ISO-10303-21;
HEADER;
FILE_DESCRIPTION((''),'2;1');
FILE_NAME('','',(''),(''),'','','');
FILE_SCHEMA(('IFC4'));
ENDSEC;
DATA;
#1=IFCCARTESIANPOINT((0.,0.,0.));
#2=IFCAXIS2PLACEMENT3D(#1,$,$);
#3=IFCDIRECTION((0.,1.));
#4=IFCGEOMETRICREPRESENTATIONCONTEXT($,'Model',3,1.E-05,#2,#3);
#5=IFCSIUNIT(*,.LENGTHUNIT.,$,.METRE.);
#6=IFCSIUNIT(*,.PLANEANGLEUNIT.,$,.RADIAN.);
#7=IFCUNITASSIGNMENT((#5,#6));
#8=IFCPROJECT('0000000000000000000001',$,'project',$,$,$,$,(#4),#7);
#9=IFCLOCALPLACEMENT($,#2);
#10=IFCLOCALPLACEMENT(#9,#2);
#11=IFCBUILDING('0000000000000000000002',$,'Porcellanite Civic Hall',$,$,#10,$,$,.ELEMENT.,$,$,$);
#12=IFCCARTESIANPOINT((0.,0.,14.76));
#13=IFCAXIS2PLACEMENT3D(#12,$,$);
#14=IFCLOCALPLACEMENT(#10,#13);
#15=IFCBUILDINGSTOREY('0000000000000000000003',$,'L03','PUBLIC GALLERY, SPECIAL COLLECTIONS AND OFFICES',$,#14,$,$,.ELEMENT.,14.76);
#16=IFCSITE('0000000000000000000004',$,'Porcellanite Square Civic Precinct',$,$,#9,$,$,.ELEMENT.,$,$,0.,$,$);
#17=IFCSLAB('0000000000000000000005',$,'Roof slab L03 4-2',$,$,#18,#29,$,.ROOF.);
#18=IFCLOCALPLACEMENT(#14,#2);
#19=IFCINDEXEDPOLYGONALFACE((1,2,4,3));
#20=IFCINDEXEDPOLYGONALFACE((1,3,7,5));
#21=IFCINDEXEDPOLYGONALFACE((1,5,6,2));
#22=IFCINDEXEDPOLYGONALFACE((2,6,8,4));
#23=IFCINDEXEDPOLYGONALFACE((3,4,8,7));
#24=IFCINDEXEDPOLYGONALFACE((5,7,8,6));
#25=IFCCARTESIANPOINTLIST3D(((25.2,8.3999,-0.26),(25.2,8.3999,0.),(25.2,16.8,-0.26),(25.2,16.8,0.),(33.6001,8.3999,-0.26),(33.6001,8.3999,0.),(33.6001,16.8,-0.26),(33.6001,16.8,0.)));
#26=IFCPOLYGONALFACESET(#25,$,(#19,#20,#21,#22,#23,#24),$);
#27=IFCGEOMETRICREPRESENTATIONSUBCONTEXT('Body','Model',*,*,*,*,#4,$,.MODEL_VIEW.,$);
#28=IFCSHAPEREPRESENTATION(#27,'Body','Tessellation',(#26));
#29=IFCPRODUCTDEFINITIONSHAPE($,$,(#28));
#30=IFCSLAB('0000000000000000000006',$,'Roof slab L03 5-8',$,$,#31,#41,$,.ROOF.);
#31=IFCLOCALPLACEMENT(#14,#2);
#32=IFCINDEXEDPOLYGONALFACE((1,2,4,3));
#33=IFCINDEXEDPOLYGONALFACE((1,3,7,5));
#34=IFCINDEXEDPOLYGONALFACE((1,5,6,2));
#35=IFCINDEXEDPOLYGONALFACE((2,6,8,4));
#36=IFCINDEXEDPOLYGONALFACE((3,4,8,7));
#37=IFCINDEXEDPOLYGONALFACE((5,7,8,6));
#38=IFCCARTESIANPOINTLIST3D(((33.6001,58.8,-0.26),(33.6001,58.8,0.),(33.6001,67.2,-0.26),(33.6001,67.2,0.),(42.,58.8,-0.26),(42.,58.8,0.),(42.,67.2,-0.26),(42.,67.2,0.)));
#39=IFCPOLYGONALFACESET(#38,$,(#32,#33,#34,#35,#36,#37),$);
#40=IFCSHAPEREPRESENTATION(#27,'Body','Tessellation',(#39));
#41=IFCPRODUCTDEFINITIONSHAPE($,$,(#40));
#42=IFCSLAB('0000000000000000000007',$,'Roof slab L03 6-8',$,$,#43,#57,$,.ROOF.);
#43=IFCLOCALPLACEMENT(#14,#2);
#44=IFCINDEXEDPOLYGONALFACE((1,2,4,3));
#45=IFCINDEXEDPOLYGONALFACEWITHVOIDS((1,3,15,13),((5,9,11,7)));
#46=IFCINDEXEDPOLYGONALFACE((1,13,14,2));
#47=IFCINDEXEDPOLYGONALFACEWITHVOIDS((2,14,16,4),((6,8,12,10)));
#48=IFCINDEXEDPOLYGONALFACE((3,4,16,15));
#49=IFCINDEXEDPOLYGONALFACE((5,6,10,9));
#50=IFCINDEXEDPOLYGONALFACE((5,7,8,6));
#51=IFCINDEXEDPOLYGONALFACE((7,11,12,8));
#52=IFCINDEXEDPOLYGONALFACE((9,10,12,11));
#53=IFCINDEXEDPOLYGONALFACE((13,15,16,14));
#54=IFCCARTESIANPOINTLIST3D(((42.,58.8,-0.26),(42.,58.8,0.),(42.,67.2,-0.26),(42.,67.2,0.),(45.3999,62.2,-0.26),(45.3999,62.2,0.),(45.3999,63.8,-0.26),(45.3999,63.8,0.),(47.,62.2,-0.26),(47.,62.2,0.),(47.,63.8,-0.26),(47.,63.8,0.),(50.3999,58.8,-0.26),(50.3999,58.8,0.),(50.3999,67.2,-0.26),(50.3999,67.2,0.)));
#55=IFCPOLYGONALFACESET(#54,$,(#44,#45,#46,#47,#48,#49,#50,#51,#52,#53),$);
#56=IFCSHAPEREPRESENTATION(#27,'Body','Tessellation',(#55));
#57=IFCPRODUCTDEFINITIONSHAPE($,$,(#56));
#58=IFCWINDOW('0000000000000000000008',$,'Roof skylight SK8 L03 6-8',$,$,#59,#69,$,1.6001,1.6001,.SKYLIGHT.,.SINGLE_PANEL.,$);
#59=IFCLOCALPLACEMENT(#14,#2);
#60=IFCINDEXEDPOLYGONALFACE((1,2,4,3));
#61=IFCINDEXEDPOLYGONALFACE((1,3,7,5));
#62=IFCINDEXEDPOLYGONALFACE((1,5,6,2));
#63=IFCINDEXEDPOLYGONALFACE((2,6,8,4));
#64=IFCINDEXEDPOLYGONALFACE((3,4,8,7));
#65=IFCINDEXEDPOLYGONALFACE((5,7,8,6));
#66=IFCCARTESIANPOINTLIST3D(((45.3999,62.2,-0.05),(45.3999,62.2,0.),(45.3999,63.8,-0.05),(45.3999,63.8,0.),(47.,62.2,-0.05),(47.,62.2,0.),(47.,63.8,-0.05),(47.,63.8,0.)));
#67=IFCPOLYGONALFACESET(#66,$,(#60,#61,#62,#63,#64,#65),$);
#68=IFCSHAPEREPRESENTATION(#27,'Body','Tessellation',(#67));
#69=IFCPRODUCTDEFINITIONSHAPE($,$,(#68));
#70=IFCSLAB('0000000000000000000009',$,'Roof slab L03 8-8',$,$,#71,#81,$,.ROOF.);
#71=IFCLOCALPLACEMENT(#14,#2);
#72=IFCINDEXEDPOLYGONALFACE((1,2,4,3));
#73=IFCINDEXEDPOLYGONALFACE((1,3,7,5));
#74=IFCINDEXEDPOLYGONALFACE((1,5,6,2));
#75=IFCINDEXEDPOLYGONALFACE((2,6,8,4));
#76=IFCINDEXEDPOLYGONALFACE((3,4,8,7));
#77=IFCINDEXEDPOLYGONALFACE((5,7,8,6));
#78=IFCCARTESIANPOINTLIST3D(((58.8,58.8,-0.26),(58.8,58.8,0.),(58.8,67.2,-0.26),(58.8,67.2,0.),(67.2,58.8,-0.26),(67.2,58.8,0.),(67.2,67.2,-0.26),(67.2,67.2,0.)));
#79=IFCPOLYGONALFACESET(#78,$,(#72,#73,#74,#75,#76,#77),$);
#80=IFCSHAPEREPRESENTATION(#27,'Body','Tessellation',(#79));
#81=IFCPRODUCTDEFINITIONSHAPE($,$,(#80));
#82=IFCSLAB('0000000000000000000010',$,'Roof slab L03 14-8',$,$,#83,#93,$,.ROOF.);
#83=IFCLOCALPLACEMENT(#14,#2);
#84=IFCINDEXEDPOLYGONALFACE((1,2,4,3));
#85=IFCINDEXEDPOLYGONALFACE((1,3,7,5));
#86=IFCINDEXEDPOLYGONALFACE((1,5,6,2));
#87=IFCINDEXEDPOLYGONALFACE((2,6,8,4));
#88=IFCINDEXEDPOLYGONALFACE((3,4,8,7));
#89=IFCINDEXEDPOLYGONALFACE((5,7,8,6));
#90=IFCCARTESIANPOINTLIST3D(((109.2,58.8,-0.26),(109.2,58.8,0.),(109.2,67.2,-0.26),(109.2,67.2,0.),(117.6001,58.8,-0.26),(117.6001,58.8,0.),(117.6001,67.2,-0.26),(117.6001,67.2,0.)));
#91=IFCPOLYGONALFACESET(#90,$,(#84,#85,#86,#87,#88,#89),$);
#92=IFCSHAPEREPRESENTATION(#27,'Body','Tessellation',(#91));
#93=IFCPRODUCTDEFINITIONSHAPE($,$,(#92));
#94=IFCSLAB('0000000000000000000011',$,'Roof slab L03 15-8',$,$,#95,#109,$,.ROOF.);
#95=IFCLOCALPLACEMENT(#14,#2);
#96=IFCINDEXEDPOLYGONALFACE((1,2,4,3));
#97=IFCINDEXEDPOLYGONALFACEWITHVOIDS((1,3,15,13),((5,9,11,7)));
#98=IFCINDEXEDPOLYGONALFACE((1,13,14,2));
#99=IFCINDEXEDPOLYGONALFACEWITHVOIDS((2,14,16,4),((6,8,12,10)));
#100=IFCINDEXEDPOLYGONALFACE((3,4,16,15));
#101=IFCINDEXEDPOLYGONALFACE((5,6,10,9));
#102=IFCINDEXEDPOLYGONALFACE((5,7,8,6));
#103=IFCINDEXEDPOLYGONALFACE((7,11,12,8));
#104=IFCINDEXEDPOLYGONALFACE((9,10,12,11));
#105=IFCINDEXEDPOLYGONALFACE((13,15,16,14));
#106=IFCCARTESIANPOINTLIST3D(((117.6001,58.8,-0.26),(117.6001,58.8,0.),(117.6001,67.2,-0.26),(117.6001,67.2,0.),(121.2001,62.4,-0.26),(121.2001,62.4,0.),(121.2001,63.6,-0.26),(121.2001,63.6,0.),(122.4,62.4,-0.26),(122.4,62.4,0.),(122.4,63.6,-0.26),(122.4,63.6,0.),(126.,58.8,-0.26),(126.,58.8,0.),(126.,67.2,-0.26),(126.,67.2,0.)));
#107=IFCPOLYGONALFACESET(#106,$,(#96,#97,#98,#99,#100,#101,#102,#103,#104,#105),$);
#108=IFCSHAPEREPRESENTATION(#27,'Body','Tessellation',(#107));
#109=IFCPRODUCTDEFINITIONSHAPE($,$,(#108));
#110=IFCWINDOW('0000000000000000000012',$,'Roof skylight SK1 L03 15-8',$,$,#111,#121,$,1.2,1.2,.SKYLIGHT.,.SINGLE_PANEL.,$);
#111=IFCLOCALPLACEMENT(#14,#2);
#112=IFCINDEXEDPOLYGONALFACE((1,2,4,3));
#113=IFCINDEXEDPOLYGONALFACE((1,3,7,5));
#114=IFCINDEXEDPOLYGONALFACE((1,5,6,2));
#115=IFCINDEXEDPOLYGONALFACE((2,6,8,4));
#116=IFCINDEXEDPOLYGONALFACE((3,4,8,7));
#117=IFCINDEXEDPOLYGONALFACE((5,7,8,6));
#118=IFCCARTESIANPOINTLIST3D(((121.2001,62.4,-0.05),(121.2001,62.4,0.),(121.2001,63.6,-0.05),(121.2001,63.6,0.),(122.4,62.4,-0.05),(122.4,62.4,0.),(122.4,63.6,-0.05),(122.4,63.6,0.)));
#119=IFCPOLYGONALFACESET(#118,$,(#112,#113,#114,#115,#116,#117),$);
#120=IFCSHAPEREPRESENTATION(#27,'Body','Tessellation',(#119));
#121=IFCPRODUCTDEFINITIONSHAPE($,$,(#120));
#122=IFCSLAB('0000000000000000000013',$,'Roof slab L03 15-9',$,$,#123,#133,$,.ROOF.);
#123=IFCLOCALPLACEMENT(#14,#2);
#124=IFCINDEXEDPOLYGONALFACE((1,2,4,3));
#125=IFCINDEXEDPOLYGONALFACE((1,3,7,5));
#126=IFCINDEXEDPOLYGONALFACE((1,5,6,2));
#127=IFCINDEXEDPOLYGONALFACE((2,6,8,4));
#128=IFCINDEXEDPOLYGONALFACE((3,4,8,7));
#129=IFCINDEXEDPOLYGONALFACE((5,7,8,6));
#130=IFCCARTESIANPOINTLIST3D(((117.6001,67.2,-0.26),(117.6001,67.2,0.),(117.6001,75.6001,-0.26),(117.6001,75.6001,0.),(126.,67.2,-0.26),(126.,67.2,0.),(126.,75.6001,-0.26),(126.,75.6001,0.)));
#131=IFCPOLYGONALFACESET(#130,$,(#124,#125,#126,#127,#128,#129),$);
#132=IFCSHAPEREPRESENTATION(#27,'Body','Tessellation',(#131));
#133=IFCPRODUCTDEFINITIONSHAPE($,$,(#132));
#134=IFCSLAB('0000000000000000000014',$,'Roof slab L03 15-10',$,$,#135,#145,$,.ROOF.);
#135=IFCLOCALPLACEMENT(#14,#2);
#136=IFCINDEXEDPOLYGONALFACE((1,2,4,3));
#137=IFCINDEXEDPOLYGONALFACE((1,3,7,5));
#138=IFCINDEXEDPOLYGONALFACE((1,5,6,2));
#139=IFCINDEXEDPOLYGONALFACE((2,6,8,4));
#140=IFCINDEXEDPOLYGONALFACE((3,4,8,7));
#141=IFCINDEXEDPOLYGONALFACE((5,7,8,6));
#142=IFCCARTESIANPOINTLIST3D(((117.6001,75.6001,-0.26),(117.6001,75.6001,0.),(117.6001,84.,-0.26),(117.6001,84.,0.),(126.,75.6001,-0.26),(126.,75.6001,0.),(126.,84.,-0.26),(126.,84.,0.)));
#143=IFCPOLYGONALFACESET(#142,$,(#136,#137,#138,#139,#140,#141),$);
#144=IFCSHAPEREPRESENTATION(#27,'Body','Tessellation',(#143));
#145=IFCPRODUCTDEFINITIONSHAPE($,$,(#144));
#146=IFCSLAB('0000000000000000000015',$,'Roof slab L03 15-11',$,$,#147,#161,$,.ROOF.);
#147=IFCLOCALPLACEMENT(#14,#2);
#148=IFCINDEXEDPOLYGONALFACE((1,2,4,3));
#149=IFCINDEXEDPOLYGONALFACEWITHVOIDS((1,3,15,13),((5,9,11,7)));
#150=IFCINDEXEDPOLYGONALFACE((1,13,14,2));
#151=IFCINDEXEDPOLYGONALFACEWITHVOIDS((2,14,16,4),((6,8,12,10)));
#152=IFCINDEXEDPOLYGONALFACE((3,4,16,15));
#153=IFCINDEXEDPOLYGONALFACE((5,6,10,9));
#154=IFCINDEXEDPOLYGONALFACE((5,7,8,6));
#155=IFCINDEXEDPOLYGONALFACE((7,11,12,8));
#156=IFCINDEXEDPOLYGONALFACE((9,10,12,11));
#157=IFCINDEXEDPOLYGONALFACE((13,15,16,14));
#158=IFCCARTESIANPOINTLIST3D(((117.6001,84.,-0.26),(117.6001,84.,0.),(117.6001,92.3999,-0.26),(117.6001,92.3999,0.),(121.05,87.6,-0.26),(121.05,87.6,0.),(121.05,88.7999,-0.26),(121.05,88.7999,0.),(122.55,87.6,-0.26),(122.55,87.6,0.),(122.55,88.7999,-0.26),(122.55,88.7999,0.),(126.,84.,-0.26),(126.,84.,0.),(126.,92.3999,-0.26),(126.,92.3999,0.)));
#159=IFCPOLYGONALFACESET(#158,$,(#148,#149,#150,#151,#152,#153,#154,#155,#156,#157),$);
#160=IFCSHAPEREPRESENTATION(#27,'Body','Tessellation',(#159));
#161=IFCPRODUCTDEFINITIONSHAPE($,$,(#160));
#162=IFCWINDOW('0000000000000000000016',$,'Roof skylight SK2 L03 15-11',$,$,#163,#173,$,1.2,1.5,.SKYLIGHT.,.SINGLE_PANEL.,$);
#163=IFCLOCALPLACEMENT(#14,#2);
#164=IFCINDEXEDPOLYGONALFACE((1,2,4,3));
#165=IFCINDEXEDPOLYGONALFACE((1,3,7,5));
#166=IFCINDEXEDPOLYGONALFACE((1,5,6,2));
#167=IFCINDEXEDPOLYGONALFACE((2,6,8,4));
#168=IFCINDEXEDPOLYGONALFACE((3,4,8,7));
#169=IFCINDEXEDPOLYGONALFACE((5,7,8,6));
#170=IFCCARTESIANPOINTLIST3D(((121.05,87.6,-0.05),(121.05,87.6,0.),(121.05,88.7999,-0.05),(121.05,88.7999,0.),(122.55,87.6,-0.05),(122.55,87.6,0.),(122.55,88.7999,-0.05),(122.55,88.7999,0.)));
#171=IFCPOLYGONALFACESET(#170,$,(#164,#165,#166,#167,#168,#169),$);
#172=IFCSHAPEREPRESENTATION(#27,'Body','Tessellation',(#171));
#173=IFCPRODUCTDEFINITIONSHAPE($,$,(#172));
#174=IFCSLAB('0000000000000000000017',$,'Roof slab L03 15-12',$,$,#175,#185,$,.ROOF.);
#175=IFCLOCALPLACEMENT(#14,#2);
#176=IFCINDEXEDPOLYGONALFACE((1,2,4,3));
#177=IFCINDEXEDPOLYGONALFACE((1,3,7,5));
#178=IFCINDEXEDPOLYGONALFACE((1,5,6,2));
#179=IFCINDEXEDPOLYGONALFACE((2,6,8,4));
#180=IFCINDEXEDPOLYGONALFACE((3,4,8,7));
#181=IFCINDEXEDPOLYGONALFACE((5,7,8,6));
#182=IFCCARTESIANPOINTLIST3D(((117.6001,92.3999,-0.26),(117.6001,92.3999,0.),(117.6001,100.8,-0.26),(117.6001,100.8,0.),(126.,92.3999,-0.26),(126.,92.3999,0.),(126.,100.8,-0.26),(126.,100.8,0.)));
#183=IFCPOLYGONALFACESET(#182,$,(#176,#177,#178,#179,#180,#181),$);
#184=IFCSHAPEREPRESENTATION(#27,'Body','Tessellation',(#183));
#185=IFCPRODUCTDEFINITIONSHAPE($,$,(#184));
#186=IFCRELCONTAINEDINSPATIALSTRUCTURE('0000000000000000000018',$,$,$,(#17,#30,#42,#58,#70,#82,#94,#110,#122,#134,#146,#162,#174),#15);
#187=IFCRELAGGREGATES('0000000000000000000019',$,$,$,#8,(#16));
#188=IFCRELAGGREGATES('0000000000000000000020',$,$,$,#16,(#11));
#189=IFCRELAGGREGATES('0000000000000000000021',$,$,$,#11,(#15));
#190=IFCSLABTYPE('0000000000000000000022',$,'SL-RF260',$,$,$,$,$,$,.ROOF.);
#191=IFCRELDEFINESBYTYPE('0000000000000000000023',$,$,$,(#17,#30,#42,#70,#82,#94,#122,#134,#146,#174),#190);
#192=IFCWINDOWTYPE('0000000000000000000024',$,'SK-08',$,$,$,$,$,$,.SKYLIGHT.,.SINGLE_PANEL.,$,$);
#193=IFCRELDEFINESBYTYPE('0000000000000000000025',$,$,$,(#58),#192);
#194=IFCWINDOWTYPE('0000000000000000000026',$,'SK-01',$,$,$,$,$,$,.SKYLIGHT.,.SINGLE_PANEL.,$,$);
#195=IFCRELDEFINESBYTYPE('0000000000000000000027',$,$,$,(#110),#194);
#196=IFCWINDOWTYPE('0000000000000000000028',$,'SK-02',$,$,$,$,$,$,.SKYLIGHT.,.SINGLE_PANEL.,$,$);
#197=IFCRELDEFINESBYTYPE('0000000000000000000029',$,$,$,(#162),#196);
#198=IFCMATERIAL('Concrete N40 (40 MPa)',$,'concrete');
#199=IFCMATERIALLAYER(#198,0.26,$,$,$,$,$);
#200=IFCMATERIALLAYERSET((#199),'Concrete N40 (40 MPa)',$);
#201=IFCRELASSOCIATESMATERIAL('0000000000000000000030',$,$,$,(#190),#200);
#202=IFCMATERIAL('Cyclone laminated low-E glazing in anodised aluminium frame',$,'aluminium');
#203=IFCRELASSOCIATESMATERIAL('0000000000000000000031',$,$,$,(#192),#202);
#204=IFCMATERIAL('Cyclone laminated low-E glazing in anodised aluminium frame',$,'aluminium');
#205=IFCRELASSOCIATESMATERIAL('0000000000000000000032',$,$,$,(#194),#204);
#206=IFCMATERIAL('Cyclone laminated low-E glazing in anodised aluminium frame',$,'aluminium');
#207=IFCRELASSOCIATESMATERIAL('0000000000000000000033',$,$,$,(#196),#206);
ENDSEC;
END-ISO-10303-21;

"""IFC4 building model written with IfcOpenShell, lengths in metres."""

from ifc_helpers import new_model, si_unit, direction, frame, origin, origin_2d, place, context, subcontext, project, spatial, polyline, rectangle, outline, extrude, material, layer, layer_set, type_object, element, fill, save


model = new_model("IFC4")

# Units and contexts
model_context = context("Model", 3, precision=1e-05, world=origin(), true_north=direction((0.0, 1.0)))
body_context = subcontext(model_context, "Body", "Model", "MODEL_VIEW")
ifc_project = project(units=[si_unit("LENGTHUNIT", "METRE"), si_unit("PLANEANGLEUNIT", "RADIAN")], contexts=[model_context])

# Site, building, storey
site_placement = place(None, origin())
site = spatial("IfcSite", under=ifc_project, at=site_placement, Name="Porcellanite Square Civic Precinct", CompositionType="ELEMENT", RefElevation=0.0)
building_placement = place(site_placement, origin())
building = spatial("IfcBuilding", under=site, at=building_placement, Name="Porcellanite Civic Hall", CompositionType="ELEMENT")
storey_placement = place(building_placement, frame((0.0, 0.0, 14.76)))
storey = spatial("IfcBuildingStorey", under=building, at=storey_placement, Name="L03", Description="PUBLIC GALLERY, SPECIAL COLLECTIONS AND OFFICES", CompositionType="ELEMENT", Elevation=14.76)

# Slabs
ifc_material_1 = material(Name="Concrete N40 (40 MPa)", Category="concrete")
ifc_layer_1 = layer(ifc_material_1, 0.26)
ifc_layer_set_1 = layer_set([ifc_layer_1], Name="Concrete N40 (40 MPa)")
slab_type_1 = type_object("IfcSlabType", Name="SL-RF260", PredefinedType="ROOF", material=ifc_layer_set_1)
slab_1_placement = place(storey_placement, frame((0.0, 0.0, -0.26)))
element("IfcSlab", 1, at=slab_1_placement, inside=storey, type_object=slab_type_1, Name="Roof slab L03 4-2", PredefinedType="ROOF", context=body_context, shape_type="SweptSolid", body=[
    extrude(outline(polyline([(25.2, 8.3999), (33.6001, 8.3999), (33.6001, 16.8), (25.2, 16.8), (25.2, 8.3999)])), origin(), (0.0, 0.0, 1.0), 0.26),
])
slab_2_placement = place(storey_placement, frame((0.0, 0.0, -0.26)))
element("IfcSlab", 2, at=slab_2_placement, inside=storey, type_object=slab_type_1, Name="Roof slab L03 5-8", PredefinedType="ROOF", context=body_context, shape_type="SweptSolid", body=[
    extrude(outline(polyline([(33.6001, 58.8), (42.0, 58.8), (42.0, 67.2), (33.6001, 67.2), (33.6001, 58.8)])), origin(), (0.0, 0.0, 1.0), 0.26),
])

# Slab, opening, window
slab_3_placement = place(storey_placement, frame((0.0, 0.0, -0.26)))
slab_3 = element("IfcSlab", 3, at=slab_3_placement, inside=storey, type_object=slab_type_1, Name="Roof slab L03 6-8", PredefinedType="ROOF", context=body_context, shape_type="SweptSolid", body=[
    extrude(outline(polyline([(42.0, 58.8), (50.3999, 58.8), (50.3999, 67.2), (42.0, 67.2), (42.0, 58.8)])), origin(), (0.0, 0.0, 1.0), 0.26),
])
opening_1_placement = place(slab_3_placement, frame((46.2, 63.0, 0.0)))
opening_1 = element("IfcOpeningElement", 4, at=opening_1_placement, cuts=slab_3, PredefinedType="OPENING", context=body_context, shape_type="SweptSolid", body=[
    extrude(rectangle(XDim=1.6001, YDim=1.6001, at=origin_2d()), origin(), (0.0, 0.0, 1.0), 0.26),
])
ifc_material_2 = material(Name="Cyclone laminated low-E glazing in anodised aluminium frame", Category="aluminium")
window_type_1 = type_object("IfcWindowType", Name="SK-08", PartitioningType="SINGLE_PANEL", PredefinedType="SKYLIGHT", material=ifc_material_2)
window_1_placement = place(opening_1_placement, frame((0.0, 0.0, 0.21)))
window_1 = element("IfcWindow", 5, at=window_1_placement, inside=storey, type_object=window_type_1, Name="Roof skylight SK8 L03 6-8", OverallHeight=1.6001, OverallWidth=1.6001, PartitioningType="SINGLE_PANEL", PredefinedType="SKYLIGHT", context=body_context, shape_type="SweptSolid", body=[
    extrude(rectangle(XDim=1.6001, YDim=1.6001, at=origin_2d()), origin(), (0.0, 0.0, 1.0), 0.05),
])
fill(opening_1, window_1)

# Slabs
slab_4_placement = place(storey_placement, frame((0.0, 0.0, -0.26)))
element("IfcSlab", 6, at=slab_4_placement, inside=storey, type_object=slab_type_1, Name="Roof slab L03 8-8", PredefinedType="ROOF", context=body_context, shape_type="SweptSolid", body=[
    extrude(outline(polyline([(58.8, 58.8), (67.2, 58.8), (67.2, 67.2), (58.8, 67.2), (58.8, 58.8)])), origin(), (0.0, 0.0, 1.0), 0.26),
])
slab_5_placement = place(storey_placement, frame((0.0, 0.0, -0.26)))
element("IfcSlab", 7, at=slab_5_placement, inside=storey, type_object=slab_type_1, Name="Roof slab L03 14-8", PredefinedType="ROOF", context=body_context, shape_type="SweptSolid", body=[
    extrude(outline(polyline([(109.2, 58.8), (117.6001, 58.8), (117.6001, 67.2), (109.2, 67.2), (109.2, 58.8)])), origin(), (0.0, 0.0, 1.0), 0.26),
])

# Slab, opening, window
slab_6_placement = place(storey_placement, frame((0.0, 0.0, -0.26)))
slab_6 = element("IfcSlab", 8, at=slab_6_placement, inside=storey, type_object=slab_type_1, Name="Roof slab L03 15-8", PredefinedType="ROOF", context=body_context, shape_type="SweptSolid", body=[
    extrude(outline(polyline([(117.6001, 58.8), (126.0, 58.8), (126.0, 67.2), (117.6001, 67.2), (117.6001, 58.8)])), origin(), (0.0, 0.0, 1.0), 0.26),
])
opening_2_placement = place(slab_6_placement, frame((121.8, 63.0, 0.0)))
opening_2 = element("IfcOpeningElement", 9, at=opening_2_placement, cuts=slab_6, PredefinedType="OPENING", context=body_context, shape_type="SweptSolid", body=[
    extrude(rectangle(XDim=1.2, YDim=1.2, at=origin_2d()), origin(), (0.0, 0.0, 1.0), 0.26),
])
ifc_material_3 = material(Name="Cyclone laminated low-E glazing in anodised aluminium frame", Category="aluminium")
window_type_2 = type_object("IfcWindowType", Name="SK-01", PartitioningType="SINGLE_PANEL", PredefinedType="SKYLIGHT", material=ifc_material_3)
window_2_placement = place(opening_2_placement, frame((0.0, 0.0, 0.21)))
window_2 = element("IfcWindow", 10, at=window_2_placement, inside=storey, type_object=window_type_2, Name="Roof skylight SK1 L03 15-8", OverallHeight=1.2, OverallWidth=1.2, PartitioningType="SINGLE_PANEL", PredefinedType="SKYLIGHT", context=body_context, shape_type="SweptSolid", body=[
    extrude(rectangle(XDim=1.2, YDim=1.2, at=origin_2d()), origin(), (0.0, 0.0, 1.0), 0.05),
])
fill(opening_2, window_2)

# Slabs
slab_7_placement = place(storey_placement, frame((0.0, 0.0, -0.26)))
element("IfcSlab", 11, at=slab_7_placement, inside=storey, type_object=slab_type_1, Name="Roof slab L03 15-9", PredefinedType="ROOF", context=body_context, shape_type="SweptSolid", body=[
    extrude(outline(polyline([(117.6001, 67.2), (126.0, 67.2), (126.0, 75.6001), (117.6001, 75.6001), (117.6001, 67.2)])), origin(), (0.0, 0.0, 1.0), 0.26),
])
slab_8_placement = place(storey_placement, frame((0.0, 0.0, -0.26)))
element("IfcSlab", 12, at=slab_8_placement, inside=storey, type_object=slab_type_1, Name="Roof slab L03 15-10", PredefinedType="ROOF", context=body_context, shape_type="SweptSolid", body=[
    extrude(outline(polyline([(117.6001, 75.6001), (126.0, 75.6001), (126.0, 84.0), (117.6001, 84.0), (117.6001, 75.6001)])), origin(), (0.0, 0.0, 1.0), 0.26),
])

# Slab, opening, window
slab_9_placement = place(storey_placement, frame((0.0, 0.0, -0.26)))
slab_9 = element("IfcSlab", 13, at=slab_9_placement, inside=storey, type_object=slab_type_1, Name="Roof slab L03 15-11", PredefinedType="ROOF", context=body_context, shape_type="SweptSolid", body=[
    extrude(outline(polyline([(117.6001, 84.0), (126.0, 84.0), (126.0, 92.3999), (117.6001, 92.3999), (117.6001, 84.0)])), origin(), (0.0, 0.0, 1.0), 0.26),
])
opening_3_placement = place(slab_9_placement, frame((121.8, 88.2, 0.0)))
opening_3 = element("IfcOpeningElement", 14, at=opening_3_placement, cuts=slab_9, PredefinedType="OPENING", context=body_context, shape_type="SweptSolid", body=[
    extrude(rectangle(XDim=1.5, YDim=1.2, at=origin_2d()), origin(), (0.0, 0.0, 1.0), 0.26),
])
ifc_material_4 = material(Name="Cyclone laminated low-E glazing in anodised aluminium frame", Category="aluminium")
window_type_3 = type_object("IfcWindowType", Name="SK-02", PartitioningType="SINGLE_PANEL", PredefinedType="SKYLIGHT", material=ifc_material_4)
window_3_placement = place(opening_3_placement, frame((0.0, 0.0, 0.21)))
window_3 = element("IfcWindow", 15, at=window_3_placement, inside=storey, type_object=window_type_3, Name="Roof skylight SK2 L03 15-11", OverallHeight=1.2, OverallWidth=1.5, PartitioningType="SINGLE_PANEL", PredefinedType="SKYLIGHT", context=body_context, shape_type="SweptSolid", body=[
    extrude(rectangle(XDim=1.5, YDim=1.2, at=origin_2d()), origin(), (0.0, 0.0, 1.0), 0.05),
])
fill(opening_3, window_3)

# Slab
slab_10_placement = place(storey_placement, frame((0.0, 0.0, -0.26)))
element("IfcSlab", 16, at=slab_10_placement, inside=storey, type_object=slab_type_1, Name="Roof slab L03 15-12", PredefinedType="ROOF", context=body_context, shape_type="SweptSolid", body=[
    extrude(outline(polyline([(117.6001, 92.3999), (126.0, 92.3999), (126.0, 100.8), (117.6001, 100.8), (117.6001, 92.3999)])), origin(), (0.0, 0.0, 1.0), 0.26),
])

save(model, "model.ifc")
